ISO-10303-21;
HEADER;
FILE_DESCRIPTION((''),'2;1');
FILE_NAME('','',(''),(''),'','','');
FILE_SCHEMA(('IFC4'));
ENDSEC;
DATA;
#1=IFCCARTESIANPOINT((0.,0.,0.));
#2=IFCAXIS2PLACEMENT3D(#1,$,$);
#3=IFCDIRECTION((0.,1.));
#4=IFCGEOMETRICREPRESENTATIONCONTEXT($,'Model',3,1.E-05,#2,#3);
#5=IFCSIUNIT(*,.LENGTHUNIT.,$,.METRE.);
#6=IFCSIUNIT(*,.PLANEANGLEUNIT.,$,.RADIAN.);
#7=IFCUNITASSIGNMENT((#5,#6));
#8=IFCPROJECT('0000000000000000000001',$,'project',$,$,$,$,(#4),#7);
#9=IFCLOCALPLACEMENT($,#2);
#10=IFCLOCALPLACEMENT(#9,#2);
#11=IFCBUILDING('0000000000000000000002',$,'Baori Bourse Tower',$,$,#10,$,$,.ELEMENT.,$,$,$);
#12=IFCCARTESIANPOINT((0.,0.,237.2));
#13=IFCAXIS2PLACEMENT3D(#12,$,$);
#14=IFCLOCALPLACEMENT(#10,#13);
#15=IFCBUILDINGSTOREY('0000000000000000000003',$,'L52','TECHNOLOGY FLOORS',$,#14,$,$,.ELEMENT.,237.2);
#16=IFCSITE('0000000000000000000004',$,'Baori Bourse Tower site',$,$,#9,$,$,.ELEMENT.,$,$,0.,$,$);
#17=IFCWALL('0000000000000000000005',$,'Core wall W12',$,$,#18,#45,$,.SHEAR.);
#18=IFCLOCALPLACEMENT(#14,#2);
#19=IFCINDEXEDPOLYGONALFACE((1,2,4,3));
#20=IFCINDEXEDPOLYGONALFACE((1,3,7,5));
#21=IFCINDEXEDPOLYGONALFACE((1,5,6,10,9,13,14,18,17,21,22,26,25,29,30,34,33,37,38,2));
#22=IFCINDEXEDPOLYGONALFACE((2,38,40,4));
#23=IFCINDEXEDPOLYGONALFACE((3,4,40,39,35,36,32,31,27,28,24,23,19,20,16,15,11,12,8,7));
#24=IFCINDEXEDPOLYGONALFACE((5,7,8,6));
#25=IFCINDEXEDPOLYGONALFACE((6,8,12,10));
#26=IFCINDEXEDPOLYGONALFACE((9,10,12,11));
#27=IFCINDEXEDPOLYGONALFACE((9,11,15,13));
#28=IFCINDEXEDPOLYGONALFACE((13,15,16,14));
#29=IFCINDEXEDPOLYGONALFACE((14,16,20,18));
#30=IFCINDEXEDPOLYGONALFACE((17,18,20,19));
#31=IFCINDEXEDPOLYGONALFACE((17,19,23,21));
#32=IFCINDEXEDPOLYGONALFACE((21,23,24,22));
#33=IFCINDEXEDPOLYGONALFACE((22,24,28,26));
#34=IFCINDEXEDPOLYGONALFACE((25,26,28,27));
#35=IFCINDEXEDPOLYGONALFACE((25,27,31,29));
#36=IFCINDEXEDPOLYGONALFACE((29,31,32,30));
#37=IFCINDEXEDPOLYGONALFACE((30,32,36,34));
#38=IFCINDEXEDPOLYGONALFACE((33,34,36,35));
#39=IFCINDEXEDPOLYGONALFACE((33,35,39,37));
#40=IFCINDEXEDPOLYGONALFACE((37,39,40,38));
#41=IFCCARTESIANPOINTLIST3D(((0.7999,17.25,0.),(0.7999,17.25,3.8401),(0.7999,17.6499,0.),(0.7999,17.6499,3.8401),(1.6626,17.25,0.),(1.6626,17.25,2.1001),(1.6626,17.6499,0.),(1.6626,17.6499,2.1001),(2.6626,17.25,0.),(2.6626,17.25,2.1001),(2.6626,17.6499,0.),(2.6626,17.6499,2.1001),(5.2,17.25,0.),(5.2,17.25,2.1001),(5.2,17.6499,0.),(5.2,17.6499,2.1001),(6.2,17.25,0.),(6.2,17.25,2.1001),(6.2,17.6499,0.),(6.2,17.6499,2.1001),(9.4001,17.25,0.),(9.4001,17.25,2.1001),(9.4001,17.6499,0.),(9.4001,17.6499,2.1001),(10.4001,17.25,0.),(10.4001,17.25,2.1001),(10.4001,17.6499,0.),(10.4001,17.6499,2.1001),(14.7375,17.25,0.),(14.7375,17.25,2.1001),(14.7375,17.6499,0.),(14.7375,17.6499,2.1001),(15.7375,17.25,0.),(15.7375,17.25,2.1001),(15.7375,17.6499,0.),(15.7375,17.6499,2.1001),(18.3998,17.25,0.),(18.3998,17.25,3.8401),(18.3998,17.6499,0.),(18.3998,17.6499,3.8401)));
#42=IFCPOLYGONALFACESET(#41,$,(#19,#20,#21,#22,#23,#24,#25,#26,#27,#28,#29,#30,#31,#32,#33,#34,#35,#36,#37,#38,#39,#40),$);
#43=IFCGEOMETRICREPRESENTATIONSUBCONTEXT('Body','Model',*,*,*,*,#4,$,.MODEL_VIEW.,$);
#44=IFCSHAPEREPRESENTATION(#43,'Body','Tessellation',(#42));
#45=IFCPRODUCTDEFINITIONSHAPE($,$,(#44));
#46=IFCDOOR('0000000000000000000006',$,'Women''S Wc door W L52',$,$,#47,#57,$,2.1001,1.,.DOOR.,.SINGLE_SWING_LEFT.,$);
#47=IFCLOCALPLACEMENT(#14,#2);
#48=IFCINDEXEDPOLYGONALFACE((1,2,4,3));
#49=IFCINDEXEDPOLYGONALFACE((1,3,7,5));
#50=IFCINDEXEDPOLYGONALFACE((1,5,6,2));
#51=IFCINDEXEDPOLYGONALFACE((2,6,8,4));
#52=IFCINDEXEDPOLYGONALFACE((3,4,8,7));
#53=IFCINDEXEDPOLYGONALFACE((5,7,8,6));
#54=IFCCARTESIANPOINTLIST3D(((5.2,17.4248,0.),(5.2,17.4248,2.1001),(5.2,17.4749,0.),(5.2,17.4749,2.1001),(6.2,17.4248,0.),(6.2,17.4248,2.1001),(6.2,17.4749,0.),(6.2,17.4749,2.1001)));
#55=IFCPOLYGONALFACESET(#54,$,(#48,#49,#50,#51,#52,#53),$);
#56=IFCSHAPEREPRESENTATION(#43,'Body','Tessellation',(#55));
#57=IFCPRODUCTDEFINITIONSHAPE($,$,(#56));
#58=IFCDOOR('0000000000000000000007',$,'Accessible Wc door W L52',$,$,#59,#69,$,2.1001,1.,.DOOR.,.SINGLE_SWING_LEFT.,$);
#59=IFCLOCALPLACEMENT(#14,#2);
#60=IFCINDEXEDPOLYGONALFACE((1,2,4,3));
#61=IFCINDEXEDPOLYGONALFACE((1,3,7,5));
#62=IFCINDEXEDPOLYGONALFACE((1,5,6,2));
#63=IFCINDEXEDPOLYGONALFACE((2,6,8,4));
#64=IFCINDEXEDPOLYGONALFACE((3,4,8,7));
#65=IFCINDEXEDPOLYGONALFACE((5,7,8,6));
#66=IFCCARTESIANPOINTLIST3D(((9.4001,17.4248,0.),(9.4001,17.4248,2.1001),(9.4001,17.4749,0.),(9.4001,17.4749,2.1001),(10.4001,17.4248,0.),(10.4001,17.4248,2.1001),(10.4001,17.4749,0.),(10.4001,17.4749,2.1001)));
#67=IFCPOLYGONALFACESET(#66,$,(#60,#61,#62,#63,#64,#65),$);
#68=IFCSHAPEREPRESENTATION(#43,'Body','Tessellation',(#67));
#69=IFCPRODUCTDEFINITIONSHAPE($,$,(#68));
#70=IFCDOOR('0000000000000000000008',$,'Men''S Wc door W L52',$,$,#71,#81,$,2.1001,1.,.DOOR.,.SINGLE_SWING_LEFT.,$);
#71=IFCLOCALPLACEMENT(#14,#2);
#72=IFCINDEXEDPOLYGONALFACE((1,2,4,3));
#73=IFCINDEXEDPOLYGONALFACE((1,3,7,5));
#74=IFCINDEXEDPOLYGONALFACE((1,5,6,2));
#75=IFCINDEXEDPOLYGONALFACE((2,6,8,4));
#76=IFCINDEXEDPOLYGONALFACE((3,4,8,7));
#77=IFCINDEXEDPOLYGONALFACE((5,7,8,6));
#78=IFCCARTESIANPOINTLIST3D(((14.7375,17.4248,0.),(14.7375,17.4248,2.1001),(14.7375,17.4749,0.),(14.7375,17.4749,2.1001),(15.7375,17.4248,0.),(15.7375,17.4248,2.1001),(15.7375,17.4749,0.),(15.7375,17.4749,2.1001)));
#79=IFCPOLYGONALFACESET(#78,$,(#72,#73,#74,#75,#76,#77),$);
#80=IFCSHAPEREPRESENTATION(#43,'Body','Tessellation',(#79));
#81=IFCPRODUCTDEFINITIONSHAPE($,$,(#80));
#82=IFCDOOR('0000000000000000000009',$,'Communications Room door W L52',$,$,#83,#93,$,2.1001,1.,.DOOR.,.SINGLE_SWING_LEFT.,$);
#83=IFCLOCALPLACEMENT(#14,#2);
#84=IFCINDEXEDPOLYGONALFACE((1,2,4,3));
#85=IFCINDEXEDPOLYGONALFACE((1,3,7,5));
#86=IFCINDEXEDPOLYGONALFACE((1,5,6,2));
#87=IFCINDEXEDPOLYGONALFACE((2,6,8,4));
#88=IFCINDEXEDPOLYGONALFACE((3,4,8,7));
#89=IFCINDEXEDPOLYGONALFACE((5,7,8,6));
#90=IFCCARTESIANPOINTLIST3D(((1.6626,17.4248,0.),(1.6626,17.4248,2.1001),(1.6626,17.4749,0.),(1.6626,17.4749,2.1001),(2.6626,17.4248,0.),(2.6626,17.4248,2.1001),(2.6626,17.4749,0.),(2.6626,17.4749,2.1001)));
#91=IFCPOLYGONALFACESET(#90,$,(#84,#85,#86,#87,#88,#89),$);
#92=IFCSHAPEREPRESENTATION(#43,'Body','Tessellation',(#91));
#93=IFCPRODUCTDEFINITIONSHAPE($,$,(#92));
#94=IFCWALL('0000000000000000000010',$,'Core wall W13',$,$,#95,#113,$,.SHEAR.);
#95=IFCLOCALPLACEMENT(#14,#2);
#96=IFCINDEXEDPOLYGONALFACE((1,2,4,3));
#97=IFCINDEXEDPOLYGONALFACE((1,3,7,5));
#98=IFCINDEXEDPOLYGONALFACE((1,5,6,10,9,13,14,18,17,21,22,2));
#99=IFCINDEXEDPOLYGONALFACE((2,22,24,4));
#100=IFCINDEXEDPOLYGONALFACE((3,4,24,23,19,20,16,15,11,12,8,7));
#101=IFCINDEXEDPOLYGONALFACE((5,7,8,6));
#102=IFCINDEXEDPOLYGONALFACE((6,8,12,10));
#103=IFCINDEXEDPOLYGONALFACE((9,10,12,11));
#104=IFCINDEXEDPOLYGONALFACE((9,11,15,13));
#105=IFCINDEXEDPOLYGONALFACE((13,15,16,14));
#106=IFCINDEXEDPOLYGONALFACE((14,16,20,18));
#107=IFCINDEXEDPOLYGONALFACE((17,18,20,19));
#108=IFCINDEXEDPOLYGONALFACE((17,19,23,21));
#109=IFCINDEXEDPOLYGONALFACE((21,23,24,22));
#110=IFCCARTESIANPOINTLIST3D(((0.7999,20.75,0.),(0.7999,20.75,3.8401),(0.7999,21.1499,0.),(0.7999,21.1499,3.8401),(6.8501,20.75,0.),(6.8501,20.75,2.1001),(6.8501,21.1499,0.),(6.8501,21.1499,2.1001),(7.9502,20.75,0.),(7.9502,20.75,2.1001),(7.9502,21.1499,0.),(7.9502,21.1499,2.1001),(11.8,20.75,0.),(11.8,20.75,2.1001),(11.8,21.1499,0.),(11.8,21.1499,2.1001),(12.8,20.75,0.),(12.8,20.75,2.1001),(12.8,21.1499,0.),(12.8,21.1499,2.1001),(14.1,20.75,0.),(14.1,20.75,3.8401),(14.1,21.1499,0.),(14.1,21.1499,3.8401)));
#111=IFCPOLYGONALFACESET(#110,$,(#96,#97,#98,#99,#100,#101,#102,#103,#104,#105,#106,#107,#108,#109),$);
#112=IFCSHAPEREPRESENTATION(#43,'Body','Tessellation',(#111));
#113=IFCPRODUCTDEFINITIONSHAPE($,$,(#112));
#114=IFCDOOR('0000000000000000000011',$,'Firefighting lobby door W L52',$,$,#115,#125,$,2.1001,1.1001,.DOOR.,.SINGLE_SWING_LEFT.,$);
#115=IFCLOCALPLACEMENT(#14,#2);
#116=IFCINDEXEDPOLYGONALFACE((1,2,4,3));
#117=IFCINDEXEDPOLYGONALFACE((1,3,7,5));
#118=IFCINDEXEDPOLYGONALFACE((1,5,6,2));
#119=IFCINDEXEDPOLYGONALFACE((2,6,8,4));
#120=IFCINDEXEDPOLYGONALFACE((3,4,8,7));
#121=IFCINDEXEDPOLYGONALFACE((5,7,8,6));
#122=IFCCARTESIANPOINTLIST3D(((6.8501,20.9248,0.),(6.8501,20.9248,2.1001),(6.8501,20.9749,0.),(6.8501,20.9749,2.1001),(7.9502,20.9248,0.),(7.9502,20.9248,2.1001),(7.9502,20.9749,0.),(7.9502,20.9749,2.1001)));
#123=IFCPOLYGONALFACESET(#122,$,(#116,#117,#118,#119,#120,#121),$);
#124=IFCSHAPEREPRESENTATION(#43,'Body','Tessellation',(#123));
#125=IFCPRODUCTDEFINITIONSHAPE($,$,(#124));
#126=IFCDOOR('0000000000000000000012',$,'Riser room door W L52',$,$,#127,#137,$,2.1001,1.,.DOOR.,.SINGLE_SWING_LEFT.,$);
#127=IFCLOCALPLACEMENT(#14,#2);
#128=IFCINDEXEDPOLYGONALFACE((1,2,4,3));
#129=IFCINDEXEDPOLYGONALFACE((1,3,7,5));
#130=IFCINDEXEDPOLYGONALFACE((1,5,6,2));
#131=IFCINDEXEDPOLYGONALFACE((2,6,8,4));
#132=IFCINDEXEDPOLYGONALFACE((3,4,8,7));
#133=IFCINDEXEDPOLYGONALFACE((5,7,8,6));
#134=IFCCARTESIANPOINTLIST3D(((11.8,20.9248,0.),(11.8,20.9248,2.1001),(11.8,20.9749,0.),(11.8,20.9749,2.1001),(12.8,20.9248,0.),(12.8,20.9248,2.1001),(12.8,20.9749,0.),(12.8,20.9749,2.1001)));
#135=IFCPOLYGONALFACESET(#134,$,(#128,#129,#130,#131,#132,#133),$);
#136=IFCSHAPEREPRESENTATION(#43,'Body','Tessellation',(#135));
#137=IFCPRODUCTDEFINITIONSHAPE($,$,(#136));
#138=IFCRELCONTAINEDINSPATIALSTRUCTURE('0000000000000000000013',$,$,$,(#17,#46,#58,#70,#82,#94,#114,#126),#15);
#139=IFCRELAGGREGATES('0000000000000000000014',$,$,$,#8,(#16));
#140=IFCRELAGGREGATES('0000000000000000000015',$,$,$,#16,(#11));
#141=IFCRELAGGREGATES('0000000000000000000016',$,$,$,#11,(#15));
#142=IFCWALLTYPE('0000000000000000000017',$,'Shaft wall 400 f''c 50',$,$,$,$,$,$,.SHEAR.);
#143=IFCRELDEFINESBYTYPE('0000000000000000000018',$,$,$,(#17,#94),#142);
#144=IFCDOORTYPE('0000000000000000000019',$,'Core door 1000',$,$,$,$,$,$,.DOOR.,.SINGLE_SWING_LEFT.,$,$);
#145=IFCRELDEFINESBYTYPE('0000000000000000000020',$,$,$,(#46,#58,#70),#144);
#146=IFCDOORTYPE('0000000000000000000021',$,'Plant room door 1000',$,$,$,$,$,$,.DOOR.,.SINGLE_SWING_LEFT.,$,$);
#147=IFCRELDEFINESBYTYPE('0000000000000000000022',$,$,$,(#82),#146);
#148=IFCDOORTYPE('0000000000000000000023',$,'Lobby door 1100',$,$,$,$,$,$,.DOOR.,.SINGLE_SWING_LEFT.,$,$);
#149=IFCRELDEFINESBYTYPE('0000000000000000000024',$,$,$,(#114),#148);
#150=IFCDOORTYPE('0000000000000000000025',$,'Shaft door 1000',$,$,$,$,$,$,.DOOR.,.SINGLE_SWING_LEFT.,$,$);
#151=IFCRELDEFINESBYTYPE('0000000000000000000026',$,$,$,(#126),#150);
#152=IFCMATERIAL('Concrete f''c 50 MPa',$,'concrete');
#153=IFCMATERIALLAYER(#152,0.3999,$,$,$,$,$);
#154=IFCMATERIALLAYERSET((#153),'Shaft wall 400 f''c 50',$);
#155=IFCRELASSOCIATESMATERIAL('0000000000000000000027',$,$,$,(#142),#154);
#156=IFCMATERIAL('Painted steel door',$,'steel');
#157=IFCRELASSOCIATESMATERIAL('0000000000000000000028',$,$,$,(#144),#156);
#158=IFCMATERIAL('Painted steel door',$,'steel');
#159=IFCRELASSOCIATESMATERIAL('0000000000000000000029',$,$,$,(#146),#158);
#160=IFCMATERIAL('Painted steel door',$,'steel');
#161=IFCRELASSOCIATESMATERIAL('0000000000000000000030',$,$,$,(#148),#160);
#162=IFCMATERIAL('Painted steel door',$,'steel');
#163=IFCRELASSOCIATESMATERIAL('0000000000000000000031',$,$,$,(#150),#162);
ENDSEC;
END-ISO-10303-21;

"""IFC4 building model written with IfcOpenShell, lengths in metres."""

from ifc_helpers import new_model, si_unit, direction, frame, frame_2d, origin, place, context, subcontext, project, spatial, rectangle, extrude, material, layer, layer_set, type_object, element, fill, save


model = new_model("IFC4")

# Units and contexts
model_context = context("Model", 3, precision=1e-05, world=origin(), true_north=direction((0.0, 1.0)))
body_context = subcontext(model_context, "Body", "Model", "MODEL_VIEW")
ifc_project = project(units=[si_unit("LENGTHUNIT", "METRE"), si_unit("PLANEANGLEUNIT", "RADIAN")], contexts=[model_context])

# Site, building, storey
site_placement = place(None, origin())
site = spatial("IfcSite", under=ifc_project, at=site_placement, Name="Baori Bourse Tower site", CompositionType="ELEMENT", RefElevation=0.0)
building_placement = place(site_placement, origin())
building = spatial("IfcBuilding", under=site, at=building_placement, Name="Baori Bourse Tower", CompositionType="ELEMENT")
storey_placement = place(building_placement, frame((0.0, 0.0, 237.2)))
storey = spatial("IfcBuildingStorey", under=building, at=storey_placement, Name="L52", Description="TECHNOLOGY FLOORS", CompositionType="ELEMENT", Elevation=237.2)

# Shared definitions
ifc_material_1 = material(Name="Concrete f'c 50 MPa", Category="concrete")
ifc_layer_1 = layer(ifc_material_1, 0.3999)
ifc_layer_set_1 = layer_set([ifc_layer_1], Name="Shaft wall 400 f'c 50")
wall_type_1 = type_object("IfcWallType", Name="Shaft wall 400 f'c 50", PredefinedType="SHEAR", material=ifc_layer_set_1)

# Walls, openings, doors
wall_1_placement = place(storey_placement, frame((0.8, 17.45, 0.0), z_axis=(0.0, 0.0, 1.0), x_axis=(1.0, 0.0, 0.0)))
wall_1 = element("IfcWall", 1, at=wall_1_placement, inside=storey, type_object=wall_type_1, Name="Core wall W12", PredefinedType="SHEAR", context=body_context, shape_type="SweptSolid", body=[
    extrude(rectangle(XDim=17.5999, YDim=0.3999, at=frame_2d((8.7998, 0.0))), origin(), (0.0, 0.0, 1.0), 3.8401),
])
opening_1_placement = place(wall_1_placement, frame((0.8625, 0.0, 0.0)))
opening_1 = element("IfcOpeningElement", 2, at=opening_1_placement, cuts=wall_1, PredefinedType="OPENING", context=body_context, shape_type="SweptSolid", body=[
    extrude(rectangle(XDim=1.0, YDim=2.1001, at=frame_2d((0.5, 1.05))), frame((0.0, 0.21, 0.0), z_axis=(0.0, -1.0, 0.0), x_axis=(1.0, 0.0, 0.0)), (0.0, 0.0, 1.0), 0.4199),
])
opening_2_placement = place(wall_1_placement, frame((4.3999, 0.0, 0.0)))
opening_2 = element("IfcOpeningElement", 3, at=opening_2_placement, cuts=wall_1, PredefinedType="OPENING", context=body_context, shape_type="SweptSolid", body=[
    extrude(rectangle(XDim=1.0, YDim=2.1001, at=frame_2d((0.5, 1.05))), frame((0.0, 0.21, 0.0), z_axis=(0.0, -1.0, 0.0), x_axis=(1.0, 0.0, 0.0)), (0.0, 0.0, 1.0), 0.4199),
])
opening_3_placement = place(wall_1_placement, frame((8.6001, 0.0, 0.0)))
opening_3 = element("IfcOpeningElement", 4, at=opening_3_placement, cuts=wall_1, PredefinedType="OPENING", context=body_context, shape_type="SweptSolid", body=[
    extrude(rectangle(XDim=1.0, YDim=2.1001, at=frame_2d((0.5, 1.05))), frame((0.0, 0.21, 0.0), z_axis=(0.0, -1.0, 0.0), x_axis=(1.0, 0.0, 0.0)), (0.0, 0.0, 1.0), 0.4199),
])
opening_4_placement = place(wall_1_placement, frame((13.9375, 0.0, 0.0)))
opening_4 = element("IfcOpeningElement", 5, at=opening_4_placement, cuts=wall_1, PredefinedType="OPENING", context=body_context, shape_type="SweptSolid", body=[
    extrude(rectangle(XDim=1.0, YDim=2.1001, at=frame_2d((0.5, 1.05))), frame((0.0, 0.21, 0.0), z_axis=(0.0, -1.0, 0.0), x_axis=(1.0, 0.0, 0.0)), (0.0, 0.0, 1.0), 0.4199),
])
ifc_material_2 = material(Name="Painted steel door", Category="steel")
door_type_1 = type_object("IfcDoorType", Name="Core door 1000", OperationType="SINGLE_SWING_LEFT", PredefinedType="DOOR", material=ifc_material_2)
door_1_placement = place(opening_2_placement, origin())
door_1 = element("IfcDoor", 6, at=door_1_placement, inside=storey, type_object=door_type_1, Name="Women'S Wc door W L52", OperationType="SINGLE_SWING_LEFT", OverallHeight=2.1001, OverallWidth=1.0, PredefinedType="DOOR", context=body_context, shape_type="SweptSolid", body=[
    extrude(rectangle(XDim=1.0, YDim=2.1001, at=frame_2d((0.5, 1.05))), frame((0.0, 0.0249, 0.0), z_axis=(0.0, -1.0, 0.0), x_axis=(1.0, 0.0, 0.0)), (0.0, 0.0, 1.0), 0.05),
])
fill(opening_2, door_1)
door_2_placement = place(opening_3_placement, origin())
door_2 = element("IfcDoor", 7, at=door_2_placement, inside=storey, type_object=door_type_1, Name="Accessible Wc door W L52", OperationType="SINGLE_SWING_LEFT", OverallHeight=2.1001, OverallWidth=1.0, PredefinedType="DOOR", context=body_context, shape_type="SweptSolid", body=[
    extrude(rectangle(XDim=1.0, YDim=2.1001, at=frame_2d((0.5, 1.05))), frame((0.0, 0.0249, 0.0), z_axis=(0.0, -1.0, 0.0), x_axis=(1.0, 0.0, 0.0)), (0.0, 0.0, 1.0), 0.05),
])
fill(opening_3, door_2)
door_3_placement = place(opening_4_placement, origin())
door_3 = element("IfcDoor", 8, at=door_3_placement, inside=storey, type_object=door_type_1, Name="Men'S Wc door W L52", OperationType="SINGLE_SWING_LEFT", OverallHeight=2.1001, OverallWidth=1.0, PredefinedType="DOOR", context=body_context, shape_type="SweptSolid", body=[
    extrude(rectangle(XDim=1.0, YDim=2.1001, at=frame_2d((0.5, 1.05))), frame((0.0, 0.0249, 0.0), z_axis=(0.0, -1.0, 0.0), x_axis=(1.0, 0.0, 0.0)), (0.0, 0.0, 1.0), 0.05),
])
fill(opening_4, door_3)
ifc_material_3 = material(Name="Painted steel door", Category="steel")
door_type_2 = type_object("IfcDoorType", Name="Plant room door 1000", OperationType="SINGLE_SWING_LEFT", PredefinedType="DOOR", material=ifc_material_3)
door_4_placement = place(opening_1_placement, origin())
door_4 = element("IfcDoor", 9, at=door_4_placement, inside=storey, type_object=door_type_2, Name="Communications Room door W L52", OperationType="SINGLE_SWING_LEFT", OverallHeight=2.1001, OverallWidth=1.0, PredefinedType="DOOR", context=body_context, shape_type="SweptSolid", body=[
    extrude(rectangle(XDim=1.0, YDim=2.1001, at=frame_2d((0.5, 1.05))), frame((0.0, 0.0249, 0.0), z_axis=(0.0, -1.0, 0.0), x_axis=(1.0, 0.0, 0.0)), (0.0, 0.0, 1.0), 0.05),
])
fill(opening_1, door_4)
wall_2_placement = place(storey_placement, frame((0.8, 20.95, 0.0), z_axis=(0.0, 0.0, 1.0), x_axis=(1.0, 0.0, 0.0)))
wall_2 = element("IfcWall", 10, at=wall_2_placement, inside=storey, type_object=wall_type_1, Name="Core wall W13", PredefinedType="SHEAR", context=body_context, shape_type="SweptSolid", body=[
    extrude(rectangle(XDim=13.3, YDim=0.3999, at=frame_2d((6.6499, 0.0))), origin(), (0.0, 0.0, 1.0), 3.8401),
])
opening_5_placement = place(wall_2_placement, frame((6.05, 0.0, 0.0)))
opening_5 = element("IfcOpeningElement", 11, at=opening_5_placement, cuts=wall_2, PredefinedType="OPENING", context=body_context, shape_type="SweptSolid", body=[
    extrude(rectangle(XDim=1.1001, YDim=2.1001, at=frame_2d((0.55, 1.05))), frame((0.0, 0.21, 0.0), z_axis=(0.0, -1.0, 0.0), x_axis=(1.0, 0.0, 0.0)), (0.0, 0.0, 1.0), 0.4199),
])
opening_6_placement = place(wall_2_placement, frame((11.0, 0.0, 0.0)))
opening_6 = element("IfcOpeningElement", 12, at=opening_6_placement, cuts=wall_2, PredefinedType="OPENING", context=body_context, shape_type="SweptSolid", body=[
    extrude(rectangle(XDim=1.0, YDim=2.1001, at=frame_2d((0.5, 1.05))), frame((0.0, 0.21, 0.0), z_axis=(0.0, -1.0, 0.0), x_axis=(1.0, 0.0, 0.0)), (0.0, 0.0, 1.0), 0.4199),
])
ifc_material_4 = material(Name="Painted steel door", Category="steel")
door_type_3 = type_object("IfcDoorType", Name="Lobby door 1100", OperationType="SINGLE_SWING_LEFT", PredefinedType="DOOR", material=ifc_material_4)
door_5_placement = place(opening_5_placement, origin())
door_5 = element("IfcDoor", 13, at=door_5_placement, inside=storey, type_object=door_type_3, Name="Firefighting lobby door W L52", OperationType="SINGLE_SWING_LEFT", OverallHeight=2.1001, OverallWidth=1.1001, PredefinedType="DOOR", context=body_context, shape_type="SweptSolid", body=[
    extrude(rectangle(XDim=1.1001, YDim=2.1001, at=frame_2d((0.55, 1.05))), frame((0.0, 0.0249, 0.0), z_axis=(0.0, -1.0, 0.0), x_axis=(1.0, 0.0, 0.0)), (0.0, 0.0, 1.0), 0.05),
])
fill(opening_5, door_5)
ifc_material_5 = material(Name="Painted steel door", Category="steel")
door_type_4 = type_object("IfcDoorType", Name="Shaft door 1000", OperationType="SINGLE_SWING_LEFT", PredefinedType="DOOR", material=ifc_material_5)
door_6_placement = place(opening_6_placement, origin())
door_6 = element("IfcDoor", 14, at=door_6_placement, inside=storey, type_object=door_type_4, Name="Riser room door W L52", OperationType="SINGLE_SWING_LEFT", OverallHeight=2.1001, OverallWidth=1.0, PredefinedType="DOOR", context=body_context, shape_type="SweptSolid", body=[
    extrude(rectangle(XDim=1.0, YDim=2.1001, at=frame_2d((0.5, 1.05))), frame((0.0, 0.0249, 0.0), z_axis=(0.0, -1.0, 0.0), x_axis=(1.0, 0.0, 0.0)), (0.0, 0.0, 1.0), 0.05),
])
fill(opening_6, door_6)

save(model, "model.ifc")
